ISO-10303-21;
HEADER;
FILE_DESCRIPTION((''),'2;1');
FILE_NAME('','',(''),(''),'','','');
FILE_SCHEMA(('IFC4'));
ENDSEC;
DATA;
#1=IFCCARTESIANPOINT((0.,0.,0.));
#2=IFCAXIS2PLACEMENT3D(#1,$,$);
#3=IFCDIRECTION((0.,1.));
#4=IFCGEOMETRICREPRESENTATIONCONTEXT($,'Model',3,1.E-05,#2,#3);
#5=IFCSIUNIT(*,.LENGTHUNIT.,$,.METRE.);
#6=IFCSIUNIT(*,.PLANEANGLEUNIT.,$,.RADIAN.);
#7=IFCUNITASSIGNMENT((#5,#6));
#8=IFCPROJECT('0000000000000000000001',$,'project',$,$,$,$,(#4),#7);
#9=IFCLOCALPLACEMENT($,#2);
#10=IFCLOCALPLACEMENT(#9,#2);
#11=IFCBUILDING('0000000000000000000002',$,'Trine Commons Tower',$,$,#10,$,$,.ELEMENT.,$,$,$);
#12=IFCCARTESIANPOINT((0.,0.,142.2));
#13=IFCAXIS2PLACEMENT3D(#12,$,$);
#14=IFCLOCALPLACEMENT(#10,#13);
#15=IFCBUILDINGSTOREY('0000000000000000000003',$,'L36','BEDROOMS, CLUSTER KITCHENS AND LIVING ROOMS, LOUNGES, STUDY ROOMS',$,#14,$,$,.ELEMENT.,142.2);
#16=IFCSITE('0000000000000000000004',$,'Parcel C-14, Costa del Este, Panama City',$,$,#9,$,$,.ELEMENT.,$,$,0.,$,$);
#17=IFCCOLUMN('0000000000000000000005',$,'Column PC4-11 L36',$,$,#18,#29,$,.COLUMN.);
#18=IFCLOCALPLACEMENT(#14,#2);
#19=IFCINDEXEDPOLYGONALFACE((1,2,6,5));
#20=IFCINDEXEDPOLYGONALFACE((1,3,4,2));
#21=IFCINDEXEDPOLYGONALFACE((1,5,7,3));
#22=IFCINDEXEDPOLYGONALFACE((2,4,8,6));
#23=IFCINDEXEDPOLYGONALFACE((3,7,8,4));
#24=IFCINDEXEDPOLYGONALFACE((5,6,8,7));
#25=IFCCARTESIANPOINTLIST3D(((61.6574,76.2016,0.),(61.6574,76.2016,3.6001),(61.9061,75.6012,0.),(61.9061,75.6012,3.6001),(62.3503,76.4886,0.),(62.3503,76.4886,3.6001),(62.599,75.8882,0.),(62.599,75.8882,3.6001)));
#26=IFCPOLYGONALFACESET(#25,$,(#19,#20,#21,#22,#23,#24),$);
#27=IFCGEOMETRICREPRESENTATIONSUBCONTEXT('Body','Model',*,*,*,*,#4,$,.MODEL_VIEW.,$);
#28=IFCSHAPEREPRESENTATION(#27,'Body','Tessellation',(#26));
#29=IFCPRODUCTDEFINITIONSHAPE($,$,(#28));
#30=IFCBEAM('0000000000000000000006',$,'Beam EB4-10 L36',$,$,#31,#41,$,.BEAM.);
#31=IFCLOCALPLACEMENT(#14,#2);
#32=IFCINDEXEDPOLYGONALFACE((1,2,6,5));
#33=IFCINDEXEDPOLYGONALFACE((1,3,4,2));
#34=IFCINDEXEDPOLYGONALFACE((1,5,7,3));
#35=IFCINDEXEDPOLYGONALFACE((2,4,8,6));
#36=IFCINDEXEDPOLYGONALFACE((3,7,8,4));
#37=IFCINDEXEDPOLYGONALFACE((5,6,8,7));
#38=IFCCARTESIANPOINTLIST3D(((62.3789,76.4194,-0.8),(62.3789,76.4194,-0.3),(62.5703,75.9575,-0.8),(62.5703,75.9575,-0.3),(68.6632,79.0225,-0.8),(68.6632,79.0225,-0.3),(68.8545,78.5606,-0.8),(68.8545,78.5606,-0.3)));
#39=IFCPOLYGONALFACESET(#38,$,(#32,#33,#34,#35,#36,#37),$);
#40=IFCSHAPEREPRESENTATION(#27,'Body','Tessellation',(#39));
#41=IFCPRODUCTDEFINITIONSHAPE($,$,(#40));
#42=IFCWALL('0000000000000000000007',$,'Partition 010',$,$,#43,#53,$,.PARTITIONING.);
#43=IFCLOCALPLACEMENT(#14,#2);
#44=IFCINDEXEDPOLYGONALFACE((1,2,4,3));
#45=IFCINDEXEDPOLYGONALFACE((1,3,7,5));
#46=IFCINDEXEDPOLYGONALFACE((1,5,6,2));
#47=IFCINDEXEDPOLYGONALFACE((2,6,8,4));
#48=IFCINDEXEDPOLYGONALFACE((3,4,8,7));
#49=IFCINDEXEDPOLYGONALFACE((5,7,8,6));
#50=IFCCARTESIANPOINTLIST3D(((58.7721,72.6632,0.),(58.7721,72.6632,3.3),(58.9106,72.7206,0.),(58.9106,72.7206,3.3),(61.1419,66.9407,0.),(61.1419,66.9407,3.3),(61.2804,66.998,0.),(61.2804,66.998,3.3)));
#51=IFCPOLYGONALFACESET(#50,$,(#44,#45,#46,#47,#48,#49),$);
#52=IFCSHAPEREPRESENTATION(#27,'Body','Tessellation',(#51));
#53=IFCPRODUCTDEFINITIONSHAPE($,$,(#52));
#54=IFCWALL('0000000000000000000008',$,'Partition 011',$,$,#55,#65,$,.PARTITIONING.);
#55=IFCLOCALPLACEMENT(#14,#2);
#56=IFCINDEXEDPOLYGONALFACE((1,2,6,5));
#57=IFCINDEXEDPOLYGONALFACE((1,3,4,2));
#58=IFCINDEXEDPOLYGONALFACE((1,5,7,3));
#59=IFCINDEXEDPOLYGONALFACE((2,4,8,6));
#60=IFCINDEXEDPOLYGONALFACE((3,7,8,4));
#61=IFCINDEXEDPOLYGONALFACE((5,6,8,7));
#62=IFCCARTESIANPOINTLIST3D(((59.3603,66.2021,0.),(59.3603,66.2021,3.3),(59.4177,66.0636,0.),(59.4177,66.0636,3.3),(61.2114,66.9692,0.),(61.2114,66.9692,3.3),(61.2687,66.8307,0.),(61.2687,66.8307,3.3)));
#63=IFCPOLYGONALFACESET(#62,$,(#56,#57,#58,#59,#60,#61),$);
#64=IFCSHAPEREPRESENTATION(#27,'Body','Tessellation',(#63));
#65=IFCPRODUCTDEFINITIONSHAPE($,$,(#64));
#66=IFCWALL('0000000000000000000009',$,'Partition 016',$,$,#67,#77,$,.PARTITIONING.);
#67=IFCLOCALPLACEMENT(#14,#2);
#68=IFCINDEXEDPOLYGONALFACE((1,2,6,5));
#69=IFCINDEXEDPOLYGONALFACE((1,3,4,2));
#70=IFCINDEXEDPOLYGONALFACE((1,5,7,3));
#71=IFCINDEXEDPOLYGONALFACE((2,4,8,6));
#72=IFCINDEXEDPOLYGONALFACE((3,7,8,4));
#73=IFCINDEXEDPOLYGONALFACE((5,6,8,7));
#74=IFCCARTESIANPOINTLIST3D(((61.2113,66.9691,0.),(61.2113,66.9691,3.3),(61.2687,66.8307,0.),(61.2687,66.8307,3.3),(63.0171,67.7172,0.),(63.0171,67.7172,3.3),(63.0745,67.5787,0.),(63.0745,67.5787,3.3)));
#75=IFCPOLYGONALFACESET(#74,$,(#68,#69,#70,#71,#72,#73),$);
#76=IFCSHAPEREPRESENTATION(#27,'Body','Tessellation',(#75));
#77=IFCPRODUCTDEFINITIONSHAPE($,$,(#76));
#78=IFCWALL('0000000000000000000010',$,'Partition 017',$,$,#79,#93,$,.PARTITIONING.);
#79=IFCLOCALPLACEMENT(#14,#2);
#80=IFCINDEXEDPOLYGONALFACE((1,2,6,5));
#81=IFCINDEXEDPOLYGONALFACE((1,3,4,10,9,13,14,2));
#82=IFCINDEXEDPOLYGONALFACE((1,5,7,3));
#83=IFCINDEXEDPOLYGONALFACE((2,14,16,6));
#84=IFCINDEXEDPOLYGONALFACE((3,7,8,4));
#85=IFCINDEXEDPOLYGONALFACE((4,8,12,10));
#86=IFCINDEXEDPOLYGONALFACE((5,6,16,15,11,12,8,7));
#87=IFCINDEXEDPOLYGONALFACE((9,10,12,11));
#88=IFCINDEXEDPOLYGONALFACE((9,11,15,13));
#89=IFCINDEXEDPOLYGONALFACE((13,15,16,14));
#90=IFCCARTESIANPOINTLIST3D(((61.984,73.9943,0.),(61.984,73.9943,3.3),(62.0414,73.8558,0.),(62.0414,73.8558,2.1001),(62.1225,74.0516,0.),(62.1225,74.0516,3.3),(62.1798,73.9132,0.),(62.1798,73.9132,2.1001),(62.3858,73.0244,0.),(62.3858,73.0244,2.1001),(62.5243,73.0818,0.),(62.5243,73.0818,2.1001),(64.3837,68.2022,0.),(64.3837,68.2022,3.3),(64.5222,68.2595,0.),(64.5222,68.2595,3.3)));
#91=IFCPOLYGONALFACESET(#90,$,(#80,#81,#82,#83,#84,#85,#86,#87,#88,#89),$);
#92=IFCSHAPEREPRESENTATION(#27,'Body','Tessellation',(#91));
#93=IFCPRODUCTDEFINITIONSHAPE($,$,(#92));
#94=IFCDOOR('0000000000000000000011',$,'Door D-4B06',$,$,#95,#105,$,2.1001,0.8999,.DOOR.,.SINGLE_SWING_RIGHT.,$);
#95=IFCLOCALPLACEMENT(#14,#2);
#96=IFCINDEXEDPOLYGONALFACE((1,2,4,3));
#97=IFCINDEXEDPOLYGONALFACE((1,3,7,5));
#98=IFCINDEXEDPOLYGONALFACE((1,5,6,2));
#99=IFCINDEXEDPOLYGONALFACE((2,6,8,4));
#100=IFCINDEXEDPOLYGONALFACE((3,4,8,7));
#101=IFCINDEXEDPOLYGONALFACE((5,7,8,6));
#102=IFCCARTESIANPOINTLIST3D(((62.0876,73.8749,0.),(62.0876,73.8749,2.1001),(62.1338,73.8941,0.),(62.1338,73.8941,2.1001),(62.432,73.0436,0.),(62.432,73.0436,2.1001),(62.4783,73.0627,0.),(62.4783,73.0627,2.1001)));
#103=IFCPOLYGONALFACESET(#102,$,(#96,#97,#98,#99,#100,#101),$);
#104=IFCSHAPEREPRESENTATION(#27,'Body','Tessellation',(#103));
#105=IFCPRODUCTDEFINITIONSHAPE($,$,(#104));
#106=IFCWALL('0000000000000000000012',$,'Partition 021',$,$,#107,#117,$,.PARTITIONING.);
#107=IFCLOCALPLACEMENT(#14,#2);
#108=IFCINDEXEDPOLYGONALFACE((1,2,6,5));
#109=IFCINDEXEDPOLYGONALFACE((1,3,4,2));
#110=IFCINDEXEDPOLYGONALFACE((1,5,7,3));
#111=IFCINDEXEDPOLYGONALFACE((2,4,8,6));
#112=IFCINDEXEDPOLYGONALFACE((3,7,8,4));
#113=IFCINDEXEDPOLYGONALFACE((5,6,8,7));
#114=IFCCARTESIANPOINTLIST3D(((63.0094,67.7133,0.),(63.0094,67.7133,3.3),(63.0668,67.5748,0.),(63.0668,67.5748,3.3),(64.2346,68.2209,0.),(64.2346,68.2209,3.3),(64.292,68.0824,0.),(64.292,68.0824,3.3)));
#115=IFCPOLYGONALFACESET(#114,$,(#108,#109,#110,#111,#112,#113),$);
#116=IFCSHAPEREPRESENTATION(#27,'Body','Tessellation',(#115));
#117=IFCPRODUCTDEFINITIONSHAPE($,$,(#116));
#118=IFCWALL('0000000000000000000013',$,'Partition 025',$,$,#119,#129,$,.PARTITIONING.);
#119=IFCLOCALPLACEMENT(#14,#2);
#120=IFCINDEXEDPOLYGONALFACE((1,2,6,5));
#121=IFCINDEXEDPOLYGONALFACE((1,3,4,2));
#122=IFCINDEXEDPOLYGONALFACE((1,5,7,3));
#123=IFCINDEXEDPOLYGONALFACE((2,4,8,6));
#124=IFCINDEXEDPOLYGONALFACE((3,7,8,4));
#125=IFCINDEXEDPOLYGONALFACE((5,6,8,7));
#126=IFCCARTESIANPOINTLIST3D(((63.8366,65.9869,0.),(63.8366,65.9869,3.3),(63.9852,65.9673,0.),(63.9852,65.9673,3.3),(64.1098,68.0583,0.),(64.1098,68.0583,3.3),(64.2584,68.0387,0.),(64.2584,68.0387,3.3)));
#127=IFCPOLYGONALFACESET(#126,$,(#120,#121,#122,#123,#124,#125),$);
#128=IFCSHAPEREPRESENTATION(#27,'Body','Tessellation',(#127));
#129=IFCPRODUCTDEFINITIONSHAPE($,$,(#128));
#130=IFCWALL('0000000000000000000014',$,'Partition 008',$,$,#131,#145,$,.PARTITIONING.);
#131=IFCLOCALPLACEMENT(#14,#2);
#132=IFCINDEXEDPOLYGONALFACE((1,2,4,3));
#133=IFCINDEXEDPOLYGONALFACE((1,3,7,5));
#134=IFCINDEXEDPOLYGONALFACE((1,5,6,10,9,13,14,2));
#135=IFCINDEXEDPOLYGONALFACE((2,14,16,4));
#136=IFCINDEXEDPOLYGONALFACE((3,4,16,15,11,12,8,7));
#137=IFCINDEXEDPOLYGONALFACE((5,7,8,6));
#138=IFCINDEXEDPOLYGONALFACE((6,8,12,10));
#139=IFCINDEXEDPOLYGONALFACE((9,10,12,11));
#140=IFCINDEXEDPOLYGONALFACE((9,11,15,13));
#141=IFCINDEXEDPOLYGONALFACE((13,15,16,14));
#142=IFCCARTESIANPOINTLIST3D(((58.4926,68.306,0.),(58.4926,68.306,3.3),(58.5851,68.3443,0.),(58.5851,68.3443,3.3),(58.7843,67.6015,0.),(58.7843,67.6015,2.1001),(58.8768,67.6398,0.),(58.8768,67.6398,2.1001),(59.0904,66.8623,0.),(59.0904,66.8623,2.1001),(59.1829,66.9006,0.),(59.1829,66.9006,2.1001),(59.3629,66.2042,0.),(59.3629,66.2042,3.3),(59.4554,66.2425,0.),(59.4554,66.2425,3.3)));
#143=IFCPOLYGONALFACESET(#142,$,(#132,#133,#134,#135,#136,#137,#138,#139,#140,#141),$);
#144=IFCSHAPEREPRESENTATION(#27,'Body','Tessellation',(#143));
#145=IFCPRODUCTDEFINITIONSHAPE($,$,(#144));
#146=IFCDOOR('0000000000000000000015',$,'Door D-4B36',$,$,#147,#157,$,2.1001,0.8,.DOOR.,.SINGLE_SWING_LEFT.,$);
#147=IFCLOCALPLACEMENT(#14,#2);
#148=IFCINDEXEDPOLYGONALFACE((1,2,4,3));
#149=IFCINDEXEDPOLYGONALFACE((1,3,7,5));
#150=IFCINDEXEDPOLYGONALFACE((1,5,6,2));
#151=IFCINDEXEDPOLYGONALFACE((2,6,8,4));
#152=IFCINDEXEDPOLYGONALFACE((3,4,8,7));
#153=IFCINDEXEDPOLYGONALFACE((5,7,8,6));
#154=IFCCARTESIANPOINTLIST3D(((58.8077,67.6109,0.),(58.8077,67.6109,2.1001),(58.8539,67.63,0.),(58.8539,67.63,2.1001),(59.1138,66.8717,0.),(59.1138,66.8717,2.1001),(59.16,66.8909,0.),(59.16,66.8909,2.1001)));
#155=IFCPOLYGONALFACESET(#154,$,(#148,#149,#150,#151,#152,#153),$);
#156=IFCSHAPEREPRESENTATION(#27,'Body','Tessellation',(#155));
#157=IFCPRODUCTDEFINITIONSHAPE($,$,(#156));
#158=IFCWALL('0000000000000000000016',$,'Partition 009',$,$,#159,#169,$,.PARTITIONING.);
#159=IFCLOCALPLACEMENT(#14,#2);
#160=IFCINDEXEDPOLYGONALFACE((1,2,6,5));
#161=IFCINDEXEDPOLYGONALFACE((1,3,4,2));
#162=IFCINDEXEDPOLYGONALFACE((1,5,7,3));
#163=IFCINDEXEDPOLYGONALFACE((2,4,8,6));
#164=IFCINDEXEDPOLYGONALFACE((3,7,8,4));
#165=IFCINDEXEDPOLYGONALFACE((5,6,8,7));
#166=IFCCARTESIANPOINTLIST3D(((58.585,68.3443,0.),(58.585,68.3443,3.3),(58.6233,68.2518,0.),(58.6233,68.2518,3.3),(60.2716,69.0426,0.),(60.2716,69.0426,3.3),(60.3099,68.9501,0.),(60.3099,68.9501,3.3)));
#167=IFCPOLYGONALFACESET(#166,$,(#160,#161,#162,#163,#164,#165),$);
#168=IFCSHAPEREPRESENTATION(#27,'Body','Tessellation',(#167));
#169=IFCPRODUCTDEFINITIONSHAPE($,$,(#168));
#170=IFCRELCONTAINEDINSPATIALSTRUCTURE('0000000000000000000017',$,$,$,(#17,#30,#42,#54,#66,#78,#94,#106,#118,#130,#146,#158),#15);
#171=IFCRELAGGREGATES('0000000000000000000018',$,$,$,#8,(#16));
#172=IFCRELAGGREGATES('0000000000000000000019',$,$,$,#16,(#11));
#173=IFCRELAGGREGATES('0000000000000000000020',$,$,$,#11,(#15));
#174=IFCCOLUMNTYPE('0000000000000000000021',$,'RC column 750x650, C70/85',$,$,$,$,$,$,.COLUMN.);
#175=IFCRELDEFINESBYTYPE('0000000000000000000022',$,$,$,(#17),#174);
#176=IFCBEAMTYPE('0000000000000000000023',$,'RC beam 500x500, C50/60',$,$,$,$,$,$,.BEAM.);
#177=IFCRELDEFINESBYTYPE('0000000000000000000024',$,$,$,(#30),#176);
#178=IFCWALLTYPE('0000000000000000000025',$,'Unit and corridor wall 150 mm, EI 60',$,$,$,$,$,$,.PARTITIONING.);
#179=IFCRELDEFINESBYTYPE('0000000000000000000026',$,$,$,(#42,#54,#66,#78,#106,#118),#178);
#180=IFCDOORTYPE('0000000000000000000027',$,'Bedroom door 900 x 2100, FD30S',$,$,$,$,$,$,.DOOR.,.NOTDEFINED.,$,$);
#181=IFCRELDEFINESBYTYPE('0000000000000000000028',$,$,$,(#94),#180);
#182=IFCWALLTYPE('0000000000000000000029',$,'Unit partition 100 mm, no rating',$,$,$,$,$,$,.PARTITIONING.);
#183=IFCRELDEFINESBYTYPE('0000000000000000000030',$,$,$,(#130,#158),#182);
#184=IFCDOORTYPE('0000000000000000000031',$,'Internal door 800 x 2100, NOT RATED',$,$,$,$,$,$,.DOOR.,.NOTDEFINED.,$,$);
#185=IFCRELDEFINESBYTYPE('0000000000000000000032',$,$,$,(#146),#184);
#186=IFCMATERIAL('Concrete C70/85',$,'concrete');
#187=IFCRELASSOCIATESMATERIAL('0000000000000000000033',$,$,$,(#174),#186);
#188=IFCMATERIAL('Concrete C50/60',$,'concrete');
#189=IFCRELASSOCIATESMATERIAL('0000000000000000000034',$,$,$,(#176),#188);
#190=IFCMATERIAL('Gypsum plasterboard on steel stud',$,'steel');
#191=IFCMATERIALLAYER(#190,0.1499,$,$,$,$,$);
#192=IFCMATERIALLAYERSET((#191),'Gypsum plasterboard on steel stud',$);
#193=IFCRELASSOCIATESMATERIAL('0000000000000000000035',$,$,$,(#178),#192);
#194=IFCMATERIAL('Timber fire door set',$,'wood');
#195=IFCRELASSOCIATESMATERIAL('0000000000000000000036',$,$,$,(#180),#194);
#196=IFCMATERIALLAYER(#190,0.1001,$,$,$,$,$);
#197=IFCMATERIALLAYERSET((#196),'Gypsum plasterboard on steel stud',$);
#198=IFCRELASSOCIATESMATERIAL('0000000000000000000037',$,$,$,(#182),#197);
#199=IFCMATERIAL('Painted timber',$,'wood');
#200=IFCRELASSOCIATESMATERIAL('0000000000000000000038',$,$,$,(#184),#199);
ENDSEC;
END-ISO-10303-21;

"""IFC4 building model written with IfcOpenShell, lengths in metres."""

from ifc_helpers import new_model, si_unit, direction, frame, frame_2d, origin, origin_2d, place, context, subcontext, project, spatial, rectangle, extrude, material, layer, layer_set, material_profile, profile_set, type_object, element, fill, save


model = new_model("IFC4")

# Units and contexts
model_context = context("Model", 3, precision=1e-05, world=origin(), true_north=direction((0.0, 1.0)))
body_context = subcontext(model_context, "Body", "Model", "MODEL_VIEW")
ifc_project = project(units=[si_unit("LENGTHUNIT", "METRE"), si_unit("PLANEANGLEUNIT", "RADIAN")], contexts=[model_context])

# Site, building, storey
site_placement = place(None, origin())
site = spatial("IfcSite", under=ifc_project, at=site_placement, Name="Parcel C-14, Costa del Este, Panama City", CompositionType="ELEMENT", RefElevation=0.0)
building_placement = place(site_placement, origin())
building = spatial("IfcBuilding", under=site, at=building_placement, Name="Trine Commons Tower", CompositionType="ELEMENT")
storey_placement = place(building_placement, frame((0.0, 0.0, 142.2)))
storey = spatial("IfcBuildingStorey", under=building, at=storey_placement, Name="L36", Description="BEDROOMS, CLUSTER KITCHENS AND LIVING ROOMS, LOUNGES, STUDY ROOMS", CompositionType="ELEMENT", Elevation=142.2)

# Column
ifc_material_1 = material(Name="Concrete C70/85", Category="concrete")
ifc_material_profile_1 = material_profile(ifc_material_1, rectangle(XDim=0.75, YDim=0.6499, at=origin_2d()), Name="RC 750x650")
ifc_profile_set_1 = profile_set([ifc_material_profile_1], Name="Concrete C70/85")
column_type = type_object("IfcColumnType", Name="RC column 750x650, C70/85", PredefinedType="COLUMN", material=ifc_profile_set_1)
column_placement = place(storey_placement, frame((62.1282, 76.0449, 0.0), z_axis=(0.0, 0.0, 1.0), x_axis=(0.92388, 0.382683, 0.0)))
element("IfcColumn", 1, at=column_placement, inside=storey, type_object=column_type, Name="Column PC4-11 L36", PredefinedType="COLUMN", context=body_context, shape_type="SweptSolid", body=[
    extrude(rectangle(XDim=0.75, YDim=0.6499, at=origin_2d()), origin(), (0.0, 0.0, 1.0), 3.6001),
])

# Beam
ifc_material_2 = material(Name="Concrete C50/60", Category="concrete")
ifc_material_profile_2 = material_profile(ifc_material_2, rectangle(XDim=0.5, YDim=0.5, at=origin_2d()), Name="RC 500x500")
ifc_profile_set_2 = profile_set([ifc_material_profile_2], Name="Concrete C50/60")
beam_type = type_object("IfcBeamType", Name="RC beam 500x500, C50/60", PredefinedType="BEAM", material=ifc_profile_set_2)
beam_placement = place(storey_placement, frame((62.4746, 76.1885, -0.55), z_axis=(0.923878, 0.382688, 0.0), x_axis=(-0.382688, 0.923878, 0.0)))
element("IfcBeam", 2, at=beam_placement, inside=storey, type_object=beam_type, Name="Beam EB4-10 L36", PredefinedType="BEAM", context=body_context, shape_type="SweptSolid", body=[
    extrude(rectangle(XDim=0.5, YDim=0.5, at=origin_2d()), origin(), (0.0, 0.0, 1.0), 6.802),
])

# Walls
ifc_material_3 = material(Name="Gypsum plasterboard on steel stud", Category="steel")
ifc_layer_1 = layer(ifc_material_3, 0.1499)
ifc_layer_set_1 = layer_set([ifc_layer_1], Name="Gypsum plasterboard on steel stud")
wall_type_1 = type_object("IfcWallType", Name="Unit and corridor wall 150 mm, EI 60", PredefinedType="PARTITIONING", material=ifc_layer_set_1)
wall_1_placement = place(storey_placement, frame((58.8413, 72.6919, 0.0), z_axis=(0.0, 0.0, 1.0), x_axis=(0.382611, -0.92391, 0.0)))
element("IfcWall", 3, at=wall_1_placement, inside=storey, type_object=wall_type_1, Name="Partition 010", PredefinedType="PARTITIONING", context=body_context, shape_type="SweptSolid", body=[
    extrude(rectangle(XDim=6.1938, YDim=0.1499, at=frame_2d((3.0969, 0.0))), origin(), (0.0, 0.0, 1.0), 3.3),
])
wall_2_placement = place(storey_placement, frame((59.3889, 66.1328, 0.0), z_axis=(0.0, 0.0, 1.0), x_axis=(0.923818, 0.382832, 0.0)))
element("IfcWall", 4, at=wall_2_placement, inside=storey, type_object=wall_type_1, Name="Partition 011", PredefinedType="PARTITIONING", context=body_context, shape_type="SweptSolid", body=[
    extrude(rectangle(XDim=2.0037, YDim=0.1499, at=frame_2d((1.002, 0.0))), origin(), (0.0, 0.0, 1.0), 3.3),
])
wall_3_placement = place(storey_placement, frame((61.24, 66.8999, 0.0), z_axis=(0.0, 0.0, 1.0), x_axis=(0.923877, 0.38269, 0.0)))
element("IfcWall", 5, at=wall_3_placement, inside=storey, type_object=wall_type_1, Name="Partition 016", PredefinedType="PARTITIONING", context=body_context, shape_type="SweptSolid", body=[
    extrude(rectangle(XDim=1.9546, YDim=0.1499, at=frame_2d((0.9773, 0.0))), origin(), (0.0, 0.0, 1.0), 3.3),
])

# Wall, opening, door
wall_4_placement = place(storey_placement, frame((62.0532, 74.0229, 0.0), z_axis=(0.0, 0.0, 1.0), x_axis=(0.382756, -0.923849, 0.0)))
wall_4 = element("IfcWall", 6, at=wall_4_placement, inside=storey, type_object=wall_type_1, Name="Partition 017", PredefinedType="PARTITIONING", context=body_context, shape_type="SweptSolid", body=[
    extrude(rectangle(XDim=6.2695, YDim=0.1499, at=frame_2d((3.1348, 0.0))), origin(), (0.0, 0.0, 1.0), 3.3),
])
opening_1_placement = place(wall_4_placement, frame((0.1499, 0.0, 0.0)))
opening_1 = element("IfcOpeningElement", 7, at=opening_1_placement, cuts=wall_4, PredefinedType="OPENING", context=body_context, shape_type="SweptSolid", body=[
    extrude(rectangle(XDim=0.8999, YDim=2.1001, at=frame_2d((0.45, 1.05))), frame((0.0, 0.085, 0.0), z_axis=(0.0, -1.0, 0.0), x_axis=(1.0, 0.0, 0.0)), (0.0, 0.0, 1.0), 0.1699),
])
ifc_material_4 = material(Name="Timber fire door set", Category="wood")
door_type_1 = type_object("IfcDoorType", Name="Bedroom door 900 x 2100, FD30S", OperationType="NOTDEFINED", PredefinedType="DOOR", material=ifc_material_4)
door_1_placement = place(opening_1_placement, frame((0.8999, 0.0, 0.0), z_axis=(0.0, 0.0, 1.0), x_axis=(-1.0, 0.0, 0.0)))
door_1 = element("IfcDoor", 8, at=door_1_placement, inside=storey, type_object=door_type_1, Name="Door D-4B06", OperationType="SINGLE_SWING_RIGHT", OverallHeight=2.1001, OverallWidth=0.8999, PredefinedType="DOOR", context=body_context, shape_type="SweptSolid", body=[
    extrude(rectangle(XDim=0.8999, YDim=2.1001, at=frame_2d((0.45, 1.05))), frame((0.0, 0.0249, 0.0), z_axis=(0.0, -1.0, 0.0), x_axis=(1.0, 0.0, 0.0)), (0.0, 0.0, 1.0), 0.05),
])
fill(opening_1, door_1)

# Walls
wall_5_placement = place(storey_placement, frame((63.0381, 67.644, 0.0), z_axis=(0.0, 0.0, 1.0), x_axis=(0.923849, 0.382758, 0.0)))
element("IfcWall", 9, at=wall_5_placement, inside=storey, type_object=wall_type_1, Name="Partition 021", PredefinedType="PARTITIONING", context=body_context, shape_type="SweptSolid", body=[
    extrude(rectangle(XDim=1.3262, YDim=0.1499, at=frame_2d((0.6631, 0.0))), origin(), (0.0, 0.0, 1.0), 3.3),
])
wall_6_placement = place(storey_placement, frame((63.9109, 65.9771, 0.0), z_axis=(0.0, 0.0, 1.0), x_axis=(0.130748, 0.991416, 0.0)))
element("IfcWall", 10, at=wall_6_placement, inside=storey, type_object=wall_type_1, Name="Partition 025", PredefinedType="PARTITIONING", context=body_context, shape_type="SweptSolid", body=[
    extrude(rectangle(XDim=2.0894, YDim=0.1499, at=frame_2d((1.0447, 0.0))), origin(), (0.0, 0.0, 1.0), 3.3),
])

# Wall, opening, door
ifc_layer_2 = layer(ifc_material_3, 0.1001)
ifc_layer_set_2 = layer_set([ifc_layer_2], Name="Gypsum plasterboard on steel stud")
wall_type_2 = type_object("IfcWallType", Name="Unit partition 100 mm, no rating", PredefinedType="PARTITIONING", material=ifc_layer_set_2)
wall_7_placement = place(storey_placement, frame((58.5388, 68.3252, 0.0), z_axis=(0.0, 0.0, 1.0), x_axis=(0.382595, -0.923916, 0.0)))
wall_7 = element("IfcWall", 11, at=wall_7_placement, inside=storey, type_object=wall_type_2, Name="Partition 008", PredefinedType="PARTITIONING", context=body_context, shape_type="SweptSolid", body=[
    extrude(rectangle(XDim=2.2749, YDim=0.1001, at=frame_2d((1.1375, 0.0))), origin(), (0.0, 0.0, 1.0), 3.3),
])
opening_2_placement = place(wall_7_placement, frame((0.7627, 0.0, 0.0)))
opening_2 = element("IfcOpeningElement", 12, at=opening_2_placement, cuts=wall_7, PredefinedType="OPENING", context=body_context, shape_type="SweptSolid", body=[
    extrude(rectangle(XDim=0.8, YDim=2.1001, at=frame_2d((0.3999, 1.05))), frame((0.0, 0.0601, 0.0), z_axis=(0.0, -1.0, 0.0), x_axis=(1.0, 0.0, 0.0)), (0.0, 0.0, 1.0), 0.1201),
])
ifc_material_5 = material(Name="Painted timber", Category="wood")
door_type_2 = type_object("IfcDoorType", Name="Internal door 800 x 2100, NOT RATED", OperationType="NOTDEFINED", PredefinedType="DOOR", material=ifc_material_5)
door_2_placement = place(opening_2_placement, frame((0.8, 0.0, 0.0), z_axis=(0.0, 0.0, 1.0), x_axis=(-1.0, 0.0, 0.0)))
door_2 = element("IfcDoor", 13, at=door_2_placement, inside=storey, type_object=door_type_2, Name="Door D-4B36", OperationType="SINGLE_SWING_LEFT", OverallHeight=2.1001, OverallWidth=0.8, PredefinedType="DOOR", context=body_context, shape_type="SweptSolid", body=[
    extrude(rectangle(XDim=0.8, YDim=2.1001, at=frame_2d((0.3999, 1.05))), frame((0.0, 0.0249, 0.0), z_axis=(0.0, -1.0, 0.0), x_axis=(1.0, 0.0, 0.0)), (0.0, 0.0, 1.0), 0.05),
])
fill(opening_2, door_2)

# Wall
wall_8_placement = place(storey_placement, frame((58.6042, 68.2981, 0.0), z_axis=(0.0, 0.0, 1.0), x_axis=(0.923945, 0.382525, 0.0)))
element("IfcWall", 14, at=wall_8_placement, inside=storey, type_object=wall_type_2, Name="Partition 009", PredefinedType="PARTITIONING", context=body_context, shape_type="SweptSolid", body=[
    extrude(rectangle(XDim=1.8254, YDim=0.1001, at=frame_2d((0.9126, 0.0))), origin(), (0.0, 0.0, 1.0), 3.3),
])

save(model, "model.ifc")
